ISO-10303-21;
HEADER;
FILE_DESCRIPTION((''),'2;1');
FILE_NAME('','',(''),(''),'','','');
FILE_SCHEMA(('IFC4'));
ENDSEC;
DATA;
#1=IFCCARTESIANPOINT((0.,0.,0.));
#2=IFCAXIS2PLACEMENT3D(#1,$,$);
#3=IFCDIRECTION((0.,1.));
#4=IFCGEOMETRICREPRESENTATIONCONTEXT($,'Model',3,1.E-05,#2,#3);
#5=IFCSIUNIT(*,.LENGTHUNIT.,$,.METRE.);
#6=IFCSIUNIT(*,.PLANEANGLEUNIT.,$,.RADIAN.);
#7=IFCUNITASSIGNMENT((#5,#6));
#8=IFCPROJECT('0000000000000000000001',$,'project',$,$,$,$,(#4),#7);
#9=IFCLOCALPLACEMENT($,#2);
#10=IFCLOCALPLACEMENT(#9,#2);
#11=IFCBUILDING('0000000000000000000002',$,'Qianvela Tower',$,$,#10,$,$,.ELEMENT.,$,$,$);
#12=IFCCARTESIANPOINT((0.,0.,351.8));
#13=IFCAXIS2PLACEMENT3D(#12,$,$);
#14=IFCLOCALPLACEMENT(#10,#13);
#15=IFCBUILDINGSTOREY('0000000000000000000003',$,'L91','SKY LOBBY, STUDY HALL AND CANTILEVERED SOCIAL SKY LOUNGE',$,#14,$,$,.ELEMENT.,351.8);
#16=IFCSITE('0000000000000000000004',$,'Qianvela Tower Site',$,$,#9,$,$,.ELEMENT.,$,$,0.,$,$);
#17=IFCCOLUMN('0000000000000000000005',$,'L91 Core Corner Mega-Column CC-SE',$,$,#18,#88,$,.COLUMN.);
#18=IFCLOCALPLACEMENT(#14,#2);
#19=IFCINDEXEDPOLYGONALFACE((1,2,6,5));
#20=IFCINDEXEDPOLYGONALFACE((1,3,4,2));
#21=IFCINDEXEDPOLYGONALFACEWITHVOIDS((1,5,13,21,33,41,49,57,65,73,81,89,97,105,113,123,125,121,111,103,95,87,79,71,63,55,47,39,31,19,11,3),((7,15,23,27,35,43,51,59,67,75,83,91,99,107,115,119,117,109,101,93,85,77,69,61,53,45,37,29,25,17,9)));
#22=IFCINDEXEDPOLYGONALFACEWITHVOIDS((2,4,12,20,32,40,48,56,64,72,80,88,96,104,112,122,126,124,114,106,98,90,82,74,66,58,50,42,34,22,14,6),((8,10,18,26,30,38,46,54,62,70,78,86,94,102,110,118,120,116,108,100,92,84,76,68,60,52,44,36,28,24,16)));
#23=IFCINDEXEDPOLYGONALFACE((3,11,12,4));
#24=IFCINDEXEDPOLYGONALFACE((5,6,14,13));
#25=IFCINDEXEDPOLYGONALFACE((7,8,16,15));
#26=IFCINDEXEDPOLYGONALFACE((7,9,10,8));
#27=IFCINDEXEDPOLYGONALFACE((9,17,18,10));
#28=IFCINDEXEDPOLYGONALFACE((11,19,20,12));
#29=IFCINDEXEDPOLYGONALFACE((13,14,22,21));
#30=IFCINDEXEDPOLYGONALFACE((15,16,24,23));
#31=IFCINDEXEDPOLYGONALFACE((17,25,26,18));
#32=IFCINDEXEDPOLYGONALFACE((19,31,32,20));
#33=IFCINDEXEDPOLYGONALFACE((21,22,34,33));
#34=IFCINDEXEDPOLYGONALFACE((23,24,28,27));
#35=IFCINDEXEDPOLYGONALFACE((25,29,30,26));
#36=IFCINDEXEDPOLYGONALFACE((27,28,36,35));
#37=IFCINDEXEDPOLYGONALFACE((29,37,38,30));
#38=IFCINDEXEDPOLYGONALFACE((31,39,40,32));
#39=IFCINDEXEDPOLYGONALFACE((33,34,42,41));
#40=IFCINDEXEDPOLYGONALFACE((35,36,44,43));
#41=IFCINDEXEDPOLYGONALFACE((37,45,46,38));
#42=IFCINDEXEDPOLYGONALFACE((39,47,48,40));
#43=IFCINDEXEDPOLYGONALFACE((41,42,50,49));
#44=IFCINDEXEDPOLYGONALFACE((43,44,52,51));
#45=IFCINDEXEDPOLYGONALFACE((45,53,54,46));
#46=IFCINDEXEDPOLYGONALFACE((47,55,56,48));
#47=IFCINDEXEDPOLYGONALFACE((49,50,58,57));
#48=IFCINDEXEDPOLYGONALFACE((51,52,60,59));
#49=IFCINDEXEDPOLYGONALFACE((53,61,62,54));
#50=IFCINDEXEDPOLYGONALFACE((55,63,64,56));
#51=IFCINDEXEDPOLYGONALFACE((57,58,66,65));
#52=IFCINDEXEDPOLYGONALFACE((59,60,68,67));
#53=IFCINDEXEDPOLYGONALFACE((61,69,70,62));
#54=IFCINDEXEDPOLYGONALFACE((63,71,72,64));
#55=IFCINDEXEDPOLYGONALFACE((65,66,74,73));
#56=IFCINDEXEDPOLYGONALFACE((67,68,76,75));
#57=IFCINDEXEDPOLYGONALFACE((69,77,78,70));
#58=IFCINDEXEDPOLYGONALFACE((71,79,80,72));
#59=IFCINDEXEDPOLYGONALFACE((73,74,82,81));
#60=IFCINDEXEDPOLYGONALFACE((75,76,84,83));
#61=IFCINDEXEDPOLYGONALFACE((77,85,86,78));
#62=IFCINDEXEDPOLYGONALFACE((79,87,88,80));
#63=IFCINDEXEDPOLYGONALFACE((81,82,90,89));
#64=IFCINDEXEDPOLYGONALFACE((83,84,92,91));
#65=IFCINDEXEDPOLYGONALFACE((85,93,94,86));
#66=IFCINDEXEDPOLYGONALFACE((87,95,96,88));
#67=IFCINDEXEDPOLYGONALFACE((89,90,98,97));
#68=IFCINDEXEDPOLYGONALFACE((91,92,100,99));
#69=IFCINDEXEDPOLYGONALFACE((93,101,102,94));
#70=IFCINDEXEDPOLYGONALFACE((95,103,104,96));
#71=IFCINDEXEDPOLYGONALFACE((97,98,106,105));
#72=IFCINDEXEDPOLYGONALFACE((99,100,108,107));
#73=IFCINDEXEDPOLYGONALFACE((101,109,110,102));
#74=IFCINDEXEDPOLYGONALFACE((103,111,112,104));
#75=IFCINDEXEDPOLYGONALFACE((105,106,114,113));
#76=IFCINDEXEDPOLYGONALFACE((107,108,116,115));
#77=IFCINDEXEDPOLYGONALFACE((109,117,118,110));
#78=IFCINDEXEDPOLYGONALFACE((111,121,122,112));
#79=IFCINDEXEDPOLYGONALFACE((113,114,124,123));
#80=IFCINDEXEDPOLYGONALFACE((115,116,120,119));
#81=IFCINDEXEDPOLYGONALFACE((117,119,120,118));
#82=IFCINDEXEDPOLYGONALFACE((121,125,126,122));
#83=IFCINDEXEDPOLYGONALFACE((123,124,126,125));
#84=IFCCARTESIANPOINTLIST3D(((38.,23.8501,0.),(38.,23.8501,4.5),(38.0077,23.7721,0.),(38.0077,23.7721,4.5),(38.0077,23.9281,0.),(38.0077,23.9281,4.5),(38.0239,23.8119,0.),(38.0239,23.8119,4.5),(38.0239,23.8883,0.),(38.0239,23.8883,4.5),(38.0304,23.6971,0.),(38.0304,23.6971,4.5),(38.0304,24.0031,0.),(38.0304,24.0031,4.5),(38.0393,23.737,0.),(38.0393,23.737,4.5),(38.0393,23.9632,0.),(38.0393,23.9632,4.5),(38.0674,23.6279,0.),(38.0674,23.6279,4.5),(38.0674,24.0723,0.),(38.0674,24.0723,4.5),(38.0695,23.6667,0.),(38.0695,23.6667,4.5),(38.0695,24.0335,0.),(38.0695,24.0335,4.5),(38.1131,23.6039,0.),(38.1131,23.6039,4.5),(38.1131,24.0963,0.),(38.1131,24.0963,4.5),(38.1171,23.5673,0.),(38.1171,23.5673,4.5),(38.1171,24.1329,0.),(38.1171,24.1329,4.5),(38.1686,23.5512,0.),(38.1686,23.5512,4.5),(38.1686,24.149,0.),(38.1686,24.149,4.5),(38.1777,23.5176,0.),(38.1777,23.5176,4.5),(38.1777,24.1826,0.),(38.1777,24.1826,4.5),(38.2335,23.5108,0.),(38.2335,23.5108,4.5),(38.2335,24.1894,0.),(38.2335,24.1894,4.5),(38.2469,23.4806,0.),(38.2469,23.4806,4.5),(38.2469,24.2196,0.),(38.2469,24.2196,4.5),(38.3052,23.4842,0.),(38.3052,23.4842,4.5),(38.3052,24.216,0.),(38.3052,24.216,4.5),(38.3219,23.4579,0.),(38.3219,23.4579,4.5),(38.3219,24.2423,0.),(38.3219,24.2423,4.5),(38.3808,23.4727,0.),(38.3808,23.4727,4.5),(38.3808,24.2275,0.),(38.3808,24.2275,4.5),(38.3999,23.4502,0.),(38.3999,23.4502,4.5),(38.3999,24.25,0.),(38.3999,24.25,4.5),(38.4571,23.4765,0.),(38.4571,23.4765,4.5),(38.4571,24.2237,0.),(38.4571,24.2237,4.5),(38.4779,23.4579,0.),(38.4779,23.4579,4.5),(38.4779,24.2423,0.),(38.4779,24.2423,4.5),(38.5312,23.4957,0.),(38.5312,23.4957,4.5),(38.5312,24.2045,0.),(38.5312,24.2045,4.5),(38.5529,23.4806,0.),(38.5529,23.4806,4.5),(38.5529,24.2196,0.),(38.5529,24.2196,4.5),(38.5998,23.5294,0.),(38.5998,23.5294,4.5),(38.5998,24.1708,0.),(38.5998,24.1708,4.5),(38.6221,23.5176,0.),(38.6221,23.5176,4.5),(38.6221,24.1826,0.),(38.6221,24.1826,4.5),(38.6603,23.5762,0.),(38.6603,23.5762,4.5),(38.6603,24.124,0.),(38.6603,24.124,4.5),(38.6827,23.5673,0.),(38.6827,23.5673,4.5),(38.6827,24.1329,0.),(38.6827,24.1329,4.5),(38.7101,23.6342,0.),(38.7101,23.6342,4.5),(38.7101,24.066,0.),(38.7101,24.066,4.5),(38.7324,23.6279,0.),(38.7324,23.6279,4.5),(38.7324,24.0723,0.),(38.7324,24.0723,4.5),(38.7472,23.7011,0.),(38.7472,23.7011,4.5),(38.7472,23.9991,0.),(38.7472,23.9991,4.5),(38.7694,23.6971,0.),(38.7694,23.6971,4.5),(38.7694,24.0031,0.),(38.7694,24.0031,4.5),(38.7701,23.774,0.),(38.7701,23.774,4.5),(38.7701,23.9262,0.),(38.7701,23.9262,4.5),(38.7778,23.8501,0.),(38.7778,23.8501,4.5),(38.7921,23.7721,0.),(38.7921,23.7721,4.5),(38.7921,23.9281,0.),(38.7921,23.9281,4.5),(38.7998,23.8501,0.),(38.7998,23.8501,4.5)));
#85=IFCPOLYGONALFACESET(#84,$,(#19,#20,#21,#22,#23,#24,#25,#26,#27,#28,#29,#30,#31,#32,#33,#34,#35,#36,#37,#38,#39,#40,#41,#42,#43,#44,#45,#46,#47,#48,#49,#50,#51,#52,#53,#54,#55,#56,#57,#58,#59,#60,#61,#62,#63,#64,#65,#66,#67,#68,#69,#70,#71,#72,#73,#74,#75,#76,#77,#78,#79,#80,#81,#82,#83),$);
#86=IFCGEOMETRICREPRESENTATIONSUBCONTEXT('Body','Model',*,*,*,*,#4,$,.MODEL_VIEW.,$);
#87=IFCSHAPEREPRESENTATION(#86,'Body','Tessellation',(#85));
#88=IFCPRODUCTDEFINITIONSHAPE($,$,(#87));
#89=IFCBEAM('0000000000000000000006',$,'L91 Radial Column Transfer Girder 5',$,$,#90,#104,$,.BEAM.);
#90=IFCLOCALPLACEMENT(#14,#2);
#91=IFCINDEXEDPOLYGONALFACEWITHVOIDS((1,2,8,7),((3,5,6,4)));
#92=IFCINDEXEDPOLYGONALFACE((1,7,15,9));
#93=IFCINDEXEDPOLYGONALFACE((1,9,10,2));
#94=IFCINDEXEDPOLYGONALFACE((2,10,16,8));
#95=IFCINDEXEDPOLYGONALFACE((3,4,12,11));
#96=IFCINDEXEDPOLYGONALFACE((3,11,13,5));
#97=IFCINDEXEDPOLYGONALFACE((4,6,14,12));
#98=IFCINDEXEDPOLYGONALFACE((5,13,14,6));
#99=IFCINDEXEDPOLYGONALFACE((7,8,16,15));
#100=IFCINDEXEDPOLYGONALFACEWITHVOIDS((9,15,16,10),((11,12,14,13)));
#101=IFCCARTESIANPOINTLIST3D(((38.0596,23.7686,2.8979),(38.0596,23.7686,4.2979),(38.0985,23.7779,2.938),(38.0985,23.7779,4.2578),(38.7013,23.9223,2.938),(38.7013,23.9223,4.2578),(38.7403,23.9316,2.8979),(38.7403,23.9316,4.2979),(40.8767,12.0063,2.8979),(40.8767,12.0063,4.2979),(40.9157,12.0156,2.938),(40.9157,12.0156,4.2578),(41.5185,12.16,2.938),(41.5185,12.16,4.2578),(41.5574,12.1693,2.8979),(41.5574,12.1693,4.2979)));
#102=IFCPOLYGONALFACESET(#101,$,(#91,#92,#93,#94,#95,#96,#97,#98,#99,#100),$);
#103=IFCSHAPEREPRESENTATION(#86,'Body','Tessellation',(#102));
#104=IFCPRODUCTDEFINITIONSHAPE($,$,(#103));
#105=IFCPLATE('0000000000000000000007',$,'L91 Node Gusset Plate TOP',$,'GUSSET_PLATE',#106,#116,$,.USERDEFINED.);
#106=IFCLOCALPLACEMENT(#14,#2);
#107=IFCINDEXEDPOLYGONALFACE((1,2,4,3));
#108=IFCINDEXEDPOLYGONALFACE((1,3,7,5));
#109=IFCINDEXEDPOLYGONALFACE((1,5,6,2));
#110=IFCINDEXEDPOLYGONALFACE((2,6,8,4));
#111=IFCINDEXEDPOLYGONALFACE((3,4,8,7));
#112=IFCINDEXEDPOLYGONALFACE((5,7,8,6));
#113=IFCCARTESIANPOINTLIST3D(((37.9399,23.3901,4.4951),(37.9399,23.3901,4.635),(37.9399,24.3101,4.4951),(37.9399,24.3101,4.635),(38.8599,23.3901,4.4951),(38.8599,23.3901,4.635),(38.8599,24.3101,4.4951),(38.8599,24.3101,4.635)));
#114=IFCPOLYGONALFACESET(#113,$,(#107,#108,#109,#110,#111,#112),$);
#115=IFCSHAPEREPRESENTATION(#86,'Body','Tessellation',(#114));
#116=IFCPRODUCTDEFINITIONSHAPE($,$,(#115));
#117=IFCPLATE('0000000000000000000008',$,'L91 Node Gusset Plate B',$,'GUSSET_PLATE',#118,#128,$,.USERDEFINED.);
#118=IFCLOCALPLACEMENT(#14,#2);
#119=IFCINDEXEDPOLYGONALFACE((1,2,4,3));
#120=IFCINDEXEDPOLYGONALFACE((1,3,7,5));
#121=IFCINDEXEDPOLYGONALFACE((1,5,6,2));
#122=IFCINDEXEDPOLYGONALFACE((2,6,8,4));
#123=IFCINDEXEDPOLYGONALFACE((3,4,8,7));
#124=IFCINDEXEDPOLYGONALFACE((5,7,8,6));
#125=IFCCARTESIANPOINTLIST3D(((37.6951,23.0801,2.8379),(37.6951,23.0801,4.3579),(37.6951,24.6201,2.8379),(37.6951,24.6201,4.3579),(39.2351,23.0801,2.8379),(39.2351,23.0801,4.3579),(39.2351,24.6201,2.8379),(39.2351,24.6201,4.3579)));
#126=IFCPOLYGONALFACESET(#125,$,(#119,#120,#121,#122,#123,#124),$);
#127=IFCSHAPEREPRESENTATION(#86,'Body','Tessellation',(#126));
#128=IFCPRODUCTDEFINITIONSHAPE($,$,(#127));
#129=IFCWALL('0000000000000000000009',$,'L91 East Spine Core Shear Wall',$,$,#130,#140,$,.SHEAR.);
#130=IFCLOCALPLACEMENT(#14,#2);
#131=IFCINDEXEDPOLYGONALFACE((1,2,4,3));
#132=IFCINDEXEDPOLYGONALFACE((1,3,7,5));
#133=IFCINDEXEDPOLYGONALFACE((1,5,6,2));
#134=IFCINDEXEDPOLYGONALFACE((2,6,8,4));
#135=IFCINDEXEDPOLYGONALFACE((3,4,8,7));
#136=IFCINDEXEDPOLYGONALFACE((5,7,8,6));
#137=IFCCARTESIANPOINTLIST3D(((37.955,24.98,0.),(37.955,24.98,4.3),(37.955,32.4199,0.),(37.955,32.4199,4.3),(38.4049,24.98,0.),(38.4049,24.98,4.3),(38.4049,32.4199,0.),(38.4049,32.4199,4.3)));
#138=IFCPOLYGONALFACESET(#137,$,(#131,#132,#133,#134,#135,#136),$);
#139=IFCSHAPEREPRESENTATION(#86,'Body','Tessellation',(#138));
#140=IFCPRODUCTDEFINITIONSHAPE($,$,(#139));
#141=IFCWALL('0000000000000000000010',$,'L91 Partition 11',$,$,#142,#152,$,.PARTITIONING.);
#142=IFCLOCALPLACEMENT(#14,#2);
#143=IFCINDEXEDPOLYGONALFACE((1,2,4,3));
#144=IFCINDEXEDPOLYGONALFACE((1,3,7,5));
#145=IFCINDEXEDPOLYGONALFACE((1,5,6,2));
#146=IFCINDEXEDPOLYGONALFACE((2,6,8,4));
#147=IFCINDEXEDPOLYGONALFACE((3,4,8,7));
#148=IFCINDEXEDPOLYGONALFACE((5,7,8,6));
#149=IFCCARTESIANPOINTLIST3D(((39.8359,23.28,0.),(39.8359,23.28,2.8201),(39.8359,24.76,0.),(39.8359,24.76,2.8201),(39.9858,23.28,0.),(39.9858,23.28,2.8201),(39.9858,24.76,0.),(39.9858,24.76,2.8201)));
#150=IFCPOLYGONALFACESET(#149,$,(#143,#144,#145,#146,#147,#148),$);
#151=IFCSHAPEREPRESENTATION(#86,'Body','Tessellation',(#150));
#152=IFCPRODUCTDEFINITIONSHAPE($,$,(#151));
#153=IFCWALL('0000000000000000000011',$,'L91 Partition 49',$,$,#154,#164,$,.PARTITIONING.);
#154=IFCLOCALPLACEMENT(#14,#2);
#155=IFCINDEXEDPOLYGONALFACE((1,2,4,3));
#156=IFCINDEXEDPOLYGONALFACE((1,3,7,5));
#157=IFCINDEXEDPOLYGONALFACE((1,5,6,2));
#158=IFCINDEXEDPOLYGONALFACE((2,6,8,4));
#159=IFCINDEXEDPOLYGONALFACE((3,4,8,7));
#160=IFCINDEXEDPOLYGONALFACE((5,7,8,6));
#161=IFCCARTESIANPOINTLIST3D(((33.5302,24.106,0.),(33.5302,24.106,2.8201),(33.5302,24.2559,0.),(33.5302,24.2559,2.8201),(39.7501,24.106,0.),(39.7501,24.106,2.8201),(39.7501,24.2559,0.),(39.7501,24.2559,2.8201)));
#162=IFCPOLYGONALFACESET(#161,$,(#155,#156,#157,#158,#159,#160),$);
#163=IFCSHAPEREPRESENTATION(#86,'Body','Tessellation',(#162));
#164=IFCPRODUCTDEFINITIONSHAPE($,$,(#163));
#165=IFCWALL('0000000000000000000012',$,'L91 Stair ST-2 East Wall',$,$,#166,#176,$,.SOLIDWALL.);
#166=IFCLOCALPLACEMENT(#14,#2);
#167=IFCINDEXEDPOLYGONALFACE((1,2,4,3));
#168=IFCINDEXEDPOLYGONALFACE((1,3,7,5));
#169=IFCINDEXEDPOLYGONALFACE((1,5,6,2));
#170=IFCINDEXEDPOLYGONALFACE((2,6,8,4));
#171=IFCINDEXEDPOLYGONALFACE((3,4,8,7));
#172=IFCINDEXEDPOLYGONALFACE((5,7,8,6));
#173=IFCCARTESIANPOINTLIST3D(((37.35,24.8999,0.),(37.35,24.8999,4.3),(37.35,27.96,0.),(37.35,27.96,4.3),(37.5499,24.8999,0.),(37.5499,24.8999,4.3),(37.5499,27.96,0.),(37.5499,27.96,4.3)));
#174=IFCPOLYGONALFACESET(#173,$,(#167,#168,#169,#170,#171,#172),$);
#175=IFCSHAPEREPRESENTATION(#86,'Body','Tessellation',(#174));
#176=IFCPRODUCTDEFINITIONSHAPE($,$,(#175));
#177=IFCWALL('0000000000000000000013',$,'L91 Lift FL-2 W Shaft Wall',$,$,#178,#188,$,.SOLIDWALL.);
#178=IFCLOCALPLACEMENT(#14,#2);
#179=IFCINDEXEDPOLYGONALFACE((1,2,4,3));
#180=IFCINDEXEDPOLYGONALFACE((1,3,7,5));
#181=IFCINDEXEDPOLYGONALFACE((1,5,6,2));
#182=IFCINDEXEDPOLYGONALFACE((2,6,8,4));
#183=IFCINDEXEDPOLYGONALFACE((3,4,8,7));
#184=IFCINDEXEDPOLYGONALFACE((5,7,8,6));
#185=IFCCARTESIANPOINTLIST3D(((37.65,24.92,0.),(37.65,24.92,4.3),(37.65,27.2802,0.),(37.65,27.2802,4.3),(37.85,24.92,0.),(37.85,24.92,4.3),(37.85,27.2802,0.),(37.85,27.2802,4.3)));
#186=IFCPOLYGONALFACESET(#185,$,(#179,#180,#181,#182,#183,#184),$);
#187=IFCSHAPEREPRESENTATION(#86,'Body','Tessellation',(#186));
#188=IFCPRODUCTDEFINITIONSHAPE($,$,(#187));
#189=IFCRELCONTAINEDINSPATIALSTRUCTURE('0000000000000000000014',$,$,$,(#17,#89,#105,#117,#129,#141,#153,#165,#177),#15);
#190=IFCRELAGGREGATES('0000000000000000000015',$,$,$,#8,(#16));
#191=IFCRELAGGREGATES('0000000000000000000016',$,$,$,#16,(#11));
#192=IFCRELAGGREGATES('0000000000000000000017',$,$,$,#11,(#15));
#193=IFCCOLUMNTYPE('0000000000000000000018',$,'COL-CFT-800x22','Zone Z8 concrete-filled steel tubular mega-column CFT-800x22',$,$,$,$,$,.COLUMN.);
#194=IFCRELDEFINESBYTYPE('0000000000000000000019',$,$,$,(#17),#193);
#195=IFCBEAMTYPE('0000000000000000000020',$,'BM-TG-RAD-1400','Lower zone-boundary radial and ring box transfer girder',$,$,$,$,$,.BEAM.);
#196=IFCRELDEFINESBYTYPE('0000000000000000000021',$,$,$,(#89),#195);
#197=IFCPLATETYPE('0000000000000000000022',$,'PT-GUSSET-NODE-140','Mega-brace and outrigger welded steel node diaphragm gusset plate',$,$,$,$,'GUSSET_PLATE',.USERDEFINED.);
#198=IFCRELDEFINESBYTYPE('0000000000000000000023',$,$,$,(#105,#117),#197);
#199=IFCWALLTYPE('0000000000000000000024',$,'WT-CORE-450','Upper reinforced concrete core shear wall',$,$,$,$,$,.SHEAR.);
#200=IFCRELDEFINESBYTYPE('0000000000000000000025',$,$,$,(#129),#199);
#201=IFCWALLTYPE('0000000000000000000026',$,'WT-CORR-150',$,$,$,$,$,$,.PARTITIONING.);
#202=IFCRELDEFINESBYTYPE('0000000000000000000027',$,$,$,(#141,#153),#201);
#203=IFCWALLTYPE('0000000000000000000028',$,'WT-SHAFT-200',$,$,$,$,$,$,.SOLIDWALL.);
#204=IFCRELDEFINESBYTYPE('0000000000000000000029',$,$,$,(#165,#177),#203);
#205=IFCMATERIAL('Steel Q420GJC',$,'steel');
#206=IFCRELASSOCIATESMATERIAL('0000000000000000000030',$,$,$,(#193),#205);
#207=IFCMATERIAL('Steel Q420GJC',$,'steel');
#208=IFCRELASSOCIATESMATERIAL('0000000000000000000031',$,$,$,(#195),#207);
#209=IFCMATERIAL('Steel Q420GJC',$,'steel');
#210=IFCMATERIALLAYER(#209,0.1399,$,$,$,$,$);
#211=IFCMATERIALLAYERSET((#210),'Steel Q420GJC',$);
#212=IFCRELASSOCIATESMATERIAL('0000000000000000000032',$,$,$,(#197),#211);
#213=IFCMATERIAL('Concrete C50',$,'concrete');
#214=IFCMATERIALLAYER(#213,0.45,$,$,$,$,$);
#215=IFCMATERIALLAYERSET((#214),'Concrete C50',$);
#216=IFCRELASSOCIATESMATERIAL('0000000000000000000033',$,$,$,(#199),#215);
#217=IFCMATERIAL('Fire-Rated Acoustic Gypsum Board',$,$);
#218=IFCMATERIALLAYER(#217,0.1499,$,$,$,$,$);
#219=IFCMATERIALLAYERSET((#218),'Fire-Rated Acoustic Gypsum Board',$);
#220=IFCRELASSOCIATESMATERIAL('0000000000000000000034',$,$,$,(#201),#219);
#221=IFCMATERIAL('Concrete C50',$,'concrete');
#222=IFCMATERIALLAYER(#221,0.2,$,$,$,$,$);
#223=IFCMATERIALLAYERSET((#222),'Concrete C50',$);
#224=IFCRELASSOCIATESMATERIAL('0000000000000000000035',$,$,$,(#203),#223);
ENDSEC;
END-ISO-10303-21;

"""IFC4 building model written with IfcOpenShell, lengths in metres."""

from ifc_helpers import new_model, si_unit, direction, frame, frame_2d, origin, origin_2d, place, context, subcontext, project, spatial, rectangle, hollow_rectangle, hollow_circle, extrude, material, layer, layer_set, material_profile, profile_set, type_object, element, save


model = new_model("IFC4")

# Units and contexts
model_context = context("Model", 3, precision=1e-05, world=origin(), true_north=direction((0.0, 1.0)))
body_context = subcontext(model_context, "Body", "Model", "MODEL_VIEW")
ifc_project = project(units=[si_unit("LENGTHUNIT", "METRE"), si_unit("PLANEANGLEUNIT", "RADIAN")], contexts=[model_context])

# Site, building, storey
site_placement = place(None, origin())
site = spatial("IfcSite", under=ifc_project, at=site_placement, Name="Qianvela Tower Site", CompositionType="ELEMENT", RefElevation=0.0)
building_placement = place(site_placement, origin())
building = spatial("IfcBuilding", under=site, at=building_placement, Name="Qianvela Tower", CompositionType="ELEMENT")
storey_placement = place(building_placement, frame((0.0, 0.0, 351.8)))
storey = spatial("IfcBuildingStorey", under=building, at=storey_placement, Name="L91", Description="SKY LOBBY, STUDY HALL AND CANTILEVERED SOCIAL SKY LOUNGE", CompositionType="ELEMENT", Elevation=351.8)

# Column
ifc_material_1 = material(Name="Steel Q420GJC", Category="steel")
ifc_material_profile_1 = material_profile(ifc_material_1, hollow_circle(Radius=0.3999, WallThickness=0.022, at=origin_2d()), Name="CFT-800x22")
ifc_profile_set_1 = profile_set([ifc_material_profile_1], Name="Steel Q420GJC")
column_type = type_object("IfcColumnType", Name="COL-CFT-800x22", Description="Zone Z8 concrete-filled steel tubular mega-column CFT-800x22", PredefinedType="COLUMN", material=ifc_profile_set_1)
column_placement = place(storey_placement, frame((38.3999, 23.8501, 0.0), z_axis=(0.0, 0.0, 1.0), x_axis=(1.0, 0.0, 0.0)))
element("IfcColumn", 1, at=column_placement, inside=storey, type_object=column_type, Name="L91 Core Corner Mega-Column CC-SE", PredefinedType="COLUMN", context=body_context, shape_type="SweptSolid", body=[
    extrude(hollow_circle(Radius=0.3999, WallThickness=0.022, at=origin_2d()), origin(), (0.0, 0.0, 1.0), 4.5),
])

# Beam
ifc_material_2 = material(Name="Steel Q420GJC", Category="steel")
ifc_material_profile_2 = material_profile(ifc_material_2, hollow_rectangle(XDim=0.7, YDim=1.3999, WallThickness=0.04, at=origin_2d()), Name="TG-BOX-1400x700x40")
ifc_profile_set_2 = profile_set([ifc_material_profile_2], Name="Steel Q420GJC")
beam_type = type_object("IfcBeamType", Name="BM-TG-RAD-1400", Description="Lower zone-boundary radial and ring box transfer girder", PredefinedType="BEAM", material=ifc_profile_set_2)
beam_placement = place(storey_placement, frame((38.3999, 23.8501, 3.5979), z_axis=(0.23292, -0.972496, 0.0), x_axis=(0.972496, 0.23292, 0.0)))
element("IfcBeam", 2, at=beam_placement, inside=storey, type_object=beam_type, Name="L91 Radial Column Transfer Girder 5", PredefinedType="BEAM", context=body_context, shape_type="SweptSolid", body=[
    extrude(hollow_rectangle(XDim=0.7, YDim=1.3999, WallThickness=0.04, at=origin_2d()), origin(), (0.0, 0.0, 1.0), 12.095),
])

# Plates
ifc_material_3 = material(Name="Steel Q420GJC", Category="steel")
ifc_layer_1 = layer(ifc_material_3, 0.1399)
ifc_layer_set_1 = layer_set([ifc_layer_1], Name="Steel Q420GJC")
plate_type = type_object("IfcPlateType", Name="PT-GUSSET-NODE-140", Description="Mega-brace and outrigger welded steel node diaphragm gusset plate", ElementType="GUSSET_PLATE", PredefinedType="USERDEFINED", material=ifc_layer_set_1)
plate_1_placement = place(storey_placement, frame((38.3999, 23.8501, 4.4951), z_axis=(0.0, 0.0, 1.0), x_axis=(1.0, 0.0, 0.0)))
element("IfcPlate", 3, at=plate_1_placement, inside=storey, type_object=plate_type, Name="L91 Node Gusset Plate TOP", ObjectType="GUSSET_PLATE", PredefinedType="USERDEFINED", context=body_context, shape_type="SweptSolid", body=[
    extrude(rectangle(XDim=0.9199, YDim=0.9199, at=origin_2d()), origin(), (0.0, 0.0, 1.0), 0.1399),
])
plate_2_placement = place(storey_placement, frame((38.4651, 23.8501, 2.8379), z_axis=(0.0, 0.0, 1.0), x_axis=(1.0, 0.0, 0.0)))
element("IfcPlate", 4, at=plate_2_placement, inside=storey, type_object=plate_type, Name="L91 Node Gusset Plate B", ObjectType="GUSSET_PLATE", PredefinedType="USERDEFINED", context=body_context, shape_type="SweptSolid", body=[
    extrude(rectangle(XDim=1.54, YDim=1.54, at=origin_2d()), origin(), (0.0, 0.0, 1.0), 1.52),
])

# Walls
ifc_material_4 = material(Name="Concrete C50", Category="concrete")
ifc_layer_2 = layer(ifc_material_4, 0.45)
ifc_layer_set_2 = layer_set([ifc_layer_2], Name="Concrete C50")
wall_type_1 = type_object("IfcWallType", Name="WT-CORE-450", Description="Upper reinforced concrete core shear wall", PredefinedType="SHEAR", material=ifc_layer_set_2)
wall_1_placement = place(storey_placement, frame((38.1799, 24.98, 0.0), z_axis=(0.0, 0.0, 1.0), x_axis=(0.0, 1.0, 0.0)))
element("IfcWall", 5, at=wall_1_placement, inside=storey, type_object=wall_type_1, Name="L91 East Spine Core Shear Wall", PredefinedType="SHEAR", context=body_context, shape_type="SweptSolid", body=[
    extrude(rectangle(XDim=7.4399, YDim=0.45, at=frame_2d((3.72, 0.0))), origin(), (0.0, 0.0, 1.0), 4.3),
])
ifc_material_5 = material(Name="Fire-Rated Acoustic Gypsum Board")
ifc_layer_3 = layer(ifc_material_5, 0.1499)
ifc_layer_set_3 = layer_set([ifc_layer_3], Name="Fire-Rated Acoustic Gypsum Board")
wall_type_2 = type_object("IfcWallType", Name="WT-CORR-150", PredefinedType="PARTITIONING", material=ifc_layer_set_3)
wall_2_placement = place(storey_placement, frame((39.9109, 23.28, 0.0), z_axis=(0.0, 0.0, 1.0), x_axis=(0.0, 1.0, 0.0)))
element("IfcWall", 6, at=wall_2_placement, inside=storey, type_object=wall_type_2, Name="L91 Partition 11", PredefinedType="PARTITIONING", context=body_context, shape_type="SweptSolid", body=[
    extrude(rectangle(XDim=1.48, YDim=0.1499, at=frame_2d((0.74, 0.0))), origin(), (0.0, 0.0, 1.0), 2.8201),
])
wall_3_placement = place(storey_placement, frame((39.75, 24.1809, 0.0), z_axis=(0.0, 0.0, 1.0), x_axis=(-1.0, 0.0, 0.0)))
element("IfcWall", 7, at=wall_3_placement, inside=storey, type_object=wall_type_2, Name="L91 Partition 49", PredefinedType="PARTITIONING", context=body_context, shape_type="SweptSolid", body=[
    extrude(rectangle(XDim=6.22, YDim=0.1499, at=frame_2d((3.1099, 0.0))), origin(), (0.0, 0.0, 1.0), 2.8201),
])
ifc_material_6 = material(Name="Concrete C50", Category="concrete")
ifc_layer_4 = layer(ifc_material_6, 0.2)
ifc_layer_set_4 = layer_set([ifc_layer_4], Name="Concrete C50")
wall_type_3 = type_object("IfcWallType", Name="WT-SHAFT-200", PredefinedType="SOLIDWALL", material=ifc_layer_set_4)
wall_4_placement = place(storey_placement, frame((37.45, 24.8999, 0.0), z_axis=(0.0, 0.0, 1.0), x_axis=(0.0, 1.0, 0.0)))
element("IfcWall", 8, at=wall_4_placement, inside=storey, type_object=wall_type_3, Name="L91 Stair ST-2 East Wall", PredefinedType="SOLIDWALL", context=body_context, shape_type="SweptSolid", body=[
    extrude(rectangle(XDim=3.0601, YDim=0.2, at=frame_2d((1.53, 0.0))), origin(), (0.0, 0.0, 1.0), 4.3),
])

# Wall
wall_5_placement = place(storey_placement, frame((37.75, 24.9199, 0.0), z_axis=(0.0, 0.0, 1.0), x_axis=(0.0, 1.0, 0.0)))
element("IfcWall", 9, at=wall_5_placement, inside=storey, type_object=wall_type_3, Name="L91 Lift FL-2 W Shaft Wall", PredefinedType="SOLIDWALL", context=body_context, shape_type="SweptSolid", body=[
    extrude(rectangle(XDim=2.3601, YDim=0.2, at=frame_2d((1.1802, 0.0))), origin(), (0.0, 0.0, 1.0), 4.3),
])

save(model, "model.ifc")
